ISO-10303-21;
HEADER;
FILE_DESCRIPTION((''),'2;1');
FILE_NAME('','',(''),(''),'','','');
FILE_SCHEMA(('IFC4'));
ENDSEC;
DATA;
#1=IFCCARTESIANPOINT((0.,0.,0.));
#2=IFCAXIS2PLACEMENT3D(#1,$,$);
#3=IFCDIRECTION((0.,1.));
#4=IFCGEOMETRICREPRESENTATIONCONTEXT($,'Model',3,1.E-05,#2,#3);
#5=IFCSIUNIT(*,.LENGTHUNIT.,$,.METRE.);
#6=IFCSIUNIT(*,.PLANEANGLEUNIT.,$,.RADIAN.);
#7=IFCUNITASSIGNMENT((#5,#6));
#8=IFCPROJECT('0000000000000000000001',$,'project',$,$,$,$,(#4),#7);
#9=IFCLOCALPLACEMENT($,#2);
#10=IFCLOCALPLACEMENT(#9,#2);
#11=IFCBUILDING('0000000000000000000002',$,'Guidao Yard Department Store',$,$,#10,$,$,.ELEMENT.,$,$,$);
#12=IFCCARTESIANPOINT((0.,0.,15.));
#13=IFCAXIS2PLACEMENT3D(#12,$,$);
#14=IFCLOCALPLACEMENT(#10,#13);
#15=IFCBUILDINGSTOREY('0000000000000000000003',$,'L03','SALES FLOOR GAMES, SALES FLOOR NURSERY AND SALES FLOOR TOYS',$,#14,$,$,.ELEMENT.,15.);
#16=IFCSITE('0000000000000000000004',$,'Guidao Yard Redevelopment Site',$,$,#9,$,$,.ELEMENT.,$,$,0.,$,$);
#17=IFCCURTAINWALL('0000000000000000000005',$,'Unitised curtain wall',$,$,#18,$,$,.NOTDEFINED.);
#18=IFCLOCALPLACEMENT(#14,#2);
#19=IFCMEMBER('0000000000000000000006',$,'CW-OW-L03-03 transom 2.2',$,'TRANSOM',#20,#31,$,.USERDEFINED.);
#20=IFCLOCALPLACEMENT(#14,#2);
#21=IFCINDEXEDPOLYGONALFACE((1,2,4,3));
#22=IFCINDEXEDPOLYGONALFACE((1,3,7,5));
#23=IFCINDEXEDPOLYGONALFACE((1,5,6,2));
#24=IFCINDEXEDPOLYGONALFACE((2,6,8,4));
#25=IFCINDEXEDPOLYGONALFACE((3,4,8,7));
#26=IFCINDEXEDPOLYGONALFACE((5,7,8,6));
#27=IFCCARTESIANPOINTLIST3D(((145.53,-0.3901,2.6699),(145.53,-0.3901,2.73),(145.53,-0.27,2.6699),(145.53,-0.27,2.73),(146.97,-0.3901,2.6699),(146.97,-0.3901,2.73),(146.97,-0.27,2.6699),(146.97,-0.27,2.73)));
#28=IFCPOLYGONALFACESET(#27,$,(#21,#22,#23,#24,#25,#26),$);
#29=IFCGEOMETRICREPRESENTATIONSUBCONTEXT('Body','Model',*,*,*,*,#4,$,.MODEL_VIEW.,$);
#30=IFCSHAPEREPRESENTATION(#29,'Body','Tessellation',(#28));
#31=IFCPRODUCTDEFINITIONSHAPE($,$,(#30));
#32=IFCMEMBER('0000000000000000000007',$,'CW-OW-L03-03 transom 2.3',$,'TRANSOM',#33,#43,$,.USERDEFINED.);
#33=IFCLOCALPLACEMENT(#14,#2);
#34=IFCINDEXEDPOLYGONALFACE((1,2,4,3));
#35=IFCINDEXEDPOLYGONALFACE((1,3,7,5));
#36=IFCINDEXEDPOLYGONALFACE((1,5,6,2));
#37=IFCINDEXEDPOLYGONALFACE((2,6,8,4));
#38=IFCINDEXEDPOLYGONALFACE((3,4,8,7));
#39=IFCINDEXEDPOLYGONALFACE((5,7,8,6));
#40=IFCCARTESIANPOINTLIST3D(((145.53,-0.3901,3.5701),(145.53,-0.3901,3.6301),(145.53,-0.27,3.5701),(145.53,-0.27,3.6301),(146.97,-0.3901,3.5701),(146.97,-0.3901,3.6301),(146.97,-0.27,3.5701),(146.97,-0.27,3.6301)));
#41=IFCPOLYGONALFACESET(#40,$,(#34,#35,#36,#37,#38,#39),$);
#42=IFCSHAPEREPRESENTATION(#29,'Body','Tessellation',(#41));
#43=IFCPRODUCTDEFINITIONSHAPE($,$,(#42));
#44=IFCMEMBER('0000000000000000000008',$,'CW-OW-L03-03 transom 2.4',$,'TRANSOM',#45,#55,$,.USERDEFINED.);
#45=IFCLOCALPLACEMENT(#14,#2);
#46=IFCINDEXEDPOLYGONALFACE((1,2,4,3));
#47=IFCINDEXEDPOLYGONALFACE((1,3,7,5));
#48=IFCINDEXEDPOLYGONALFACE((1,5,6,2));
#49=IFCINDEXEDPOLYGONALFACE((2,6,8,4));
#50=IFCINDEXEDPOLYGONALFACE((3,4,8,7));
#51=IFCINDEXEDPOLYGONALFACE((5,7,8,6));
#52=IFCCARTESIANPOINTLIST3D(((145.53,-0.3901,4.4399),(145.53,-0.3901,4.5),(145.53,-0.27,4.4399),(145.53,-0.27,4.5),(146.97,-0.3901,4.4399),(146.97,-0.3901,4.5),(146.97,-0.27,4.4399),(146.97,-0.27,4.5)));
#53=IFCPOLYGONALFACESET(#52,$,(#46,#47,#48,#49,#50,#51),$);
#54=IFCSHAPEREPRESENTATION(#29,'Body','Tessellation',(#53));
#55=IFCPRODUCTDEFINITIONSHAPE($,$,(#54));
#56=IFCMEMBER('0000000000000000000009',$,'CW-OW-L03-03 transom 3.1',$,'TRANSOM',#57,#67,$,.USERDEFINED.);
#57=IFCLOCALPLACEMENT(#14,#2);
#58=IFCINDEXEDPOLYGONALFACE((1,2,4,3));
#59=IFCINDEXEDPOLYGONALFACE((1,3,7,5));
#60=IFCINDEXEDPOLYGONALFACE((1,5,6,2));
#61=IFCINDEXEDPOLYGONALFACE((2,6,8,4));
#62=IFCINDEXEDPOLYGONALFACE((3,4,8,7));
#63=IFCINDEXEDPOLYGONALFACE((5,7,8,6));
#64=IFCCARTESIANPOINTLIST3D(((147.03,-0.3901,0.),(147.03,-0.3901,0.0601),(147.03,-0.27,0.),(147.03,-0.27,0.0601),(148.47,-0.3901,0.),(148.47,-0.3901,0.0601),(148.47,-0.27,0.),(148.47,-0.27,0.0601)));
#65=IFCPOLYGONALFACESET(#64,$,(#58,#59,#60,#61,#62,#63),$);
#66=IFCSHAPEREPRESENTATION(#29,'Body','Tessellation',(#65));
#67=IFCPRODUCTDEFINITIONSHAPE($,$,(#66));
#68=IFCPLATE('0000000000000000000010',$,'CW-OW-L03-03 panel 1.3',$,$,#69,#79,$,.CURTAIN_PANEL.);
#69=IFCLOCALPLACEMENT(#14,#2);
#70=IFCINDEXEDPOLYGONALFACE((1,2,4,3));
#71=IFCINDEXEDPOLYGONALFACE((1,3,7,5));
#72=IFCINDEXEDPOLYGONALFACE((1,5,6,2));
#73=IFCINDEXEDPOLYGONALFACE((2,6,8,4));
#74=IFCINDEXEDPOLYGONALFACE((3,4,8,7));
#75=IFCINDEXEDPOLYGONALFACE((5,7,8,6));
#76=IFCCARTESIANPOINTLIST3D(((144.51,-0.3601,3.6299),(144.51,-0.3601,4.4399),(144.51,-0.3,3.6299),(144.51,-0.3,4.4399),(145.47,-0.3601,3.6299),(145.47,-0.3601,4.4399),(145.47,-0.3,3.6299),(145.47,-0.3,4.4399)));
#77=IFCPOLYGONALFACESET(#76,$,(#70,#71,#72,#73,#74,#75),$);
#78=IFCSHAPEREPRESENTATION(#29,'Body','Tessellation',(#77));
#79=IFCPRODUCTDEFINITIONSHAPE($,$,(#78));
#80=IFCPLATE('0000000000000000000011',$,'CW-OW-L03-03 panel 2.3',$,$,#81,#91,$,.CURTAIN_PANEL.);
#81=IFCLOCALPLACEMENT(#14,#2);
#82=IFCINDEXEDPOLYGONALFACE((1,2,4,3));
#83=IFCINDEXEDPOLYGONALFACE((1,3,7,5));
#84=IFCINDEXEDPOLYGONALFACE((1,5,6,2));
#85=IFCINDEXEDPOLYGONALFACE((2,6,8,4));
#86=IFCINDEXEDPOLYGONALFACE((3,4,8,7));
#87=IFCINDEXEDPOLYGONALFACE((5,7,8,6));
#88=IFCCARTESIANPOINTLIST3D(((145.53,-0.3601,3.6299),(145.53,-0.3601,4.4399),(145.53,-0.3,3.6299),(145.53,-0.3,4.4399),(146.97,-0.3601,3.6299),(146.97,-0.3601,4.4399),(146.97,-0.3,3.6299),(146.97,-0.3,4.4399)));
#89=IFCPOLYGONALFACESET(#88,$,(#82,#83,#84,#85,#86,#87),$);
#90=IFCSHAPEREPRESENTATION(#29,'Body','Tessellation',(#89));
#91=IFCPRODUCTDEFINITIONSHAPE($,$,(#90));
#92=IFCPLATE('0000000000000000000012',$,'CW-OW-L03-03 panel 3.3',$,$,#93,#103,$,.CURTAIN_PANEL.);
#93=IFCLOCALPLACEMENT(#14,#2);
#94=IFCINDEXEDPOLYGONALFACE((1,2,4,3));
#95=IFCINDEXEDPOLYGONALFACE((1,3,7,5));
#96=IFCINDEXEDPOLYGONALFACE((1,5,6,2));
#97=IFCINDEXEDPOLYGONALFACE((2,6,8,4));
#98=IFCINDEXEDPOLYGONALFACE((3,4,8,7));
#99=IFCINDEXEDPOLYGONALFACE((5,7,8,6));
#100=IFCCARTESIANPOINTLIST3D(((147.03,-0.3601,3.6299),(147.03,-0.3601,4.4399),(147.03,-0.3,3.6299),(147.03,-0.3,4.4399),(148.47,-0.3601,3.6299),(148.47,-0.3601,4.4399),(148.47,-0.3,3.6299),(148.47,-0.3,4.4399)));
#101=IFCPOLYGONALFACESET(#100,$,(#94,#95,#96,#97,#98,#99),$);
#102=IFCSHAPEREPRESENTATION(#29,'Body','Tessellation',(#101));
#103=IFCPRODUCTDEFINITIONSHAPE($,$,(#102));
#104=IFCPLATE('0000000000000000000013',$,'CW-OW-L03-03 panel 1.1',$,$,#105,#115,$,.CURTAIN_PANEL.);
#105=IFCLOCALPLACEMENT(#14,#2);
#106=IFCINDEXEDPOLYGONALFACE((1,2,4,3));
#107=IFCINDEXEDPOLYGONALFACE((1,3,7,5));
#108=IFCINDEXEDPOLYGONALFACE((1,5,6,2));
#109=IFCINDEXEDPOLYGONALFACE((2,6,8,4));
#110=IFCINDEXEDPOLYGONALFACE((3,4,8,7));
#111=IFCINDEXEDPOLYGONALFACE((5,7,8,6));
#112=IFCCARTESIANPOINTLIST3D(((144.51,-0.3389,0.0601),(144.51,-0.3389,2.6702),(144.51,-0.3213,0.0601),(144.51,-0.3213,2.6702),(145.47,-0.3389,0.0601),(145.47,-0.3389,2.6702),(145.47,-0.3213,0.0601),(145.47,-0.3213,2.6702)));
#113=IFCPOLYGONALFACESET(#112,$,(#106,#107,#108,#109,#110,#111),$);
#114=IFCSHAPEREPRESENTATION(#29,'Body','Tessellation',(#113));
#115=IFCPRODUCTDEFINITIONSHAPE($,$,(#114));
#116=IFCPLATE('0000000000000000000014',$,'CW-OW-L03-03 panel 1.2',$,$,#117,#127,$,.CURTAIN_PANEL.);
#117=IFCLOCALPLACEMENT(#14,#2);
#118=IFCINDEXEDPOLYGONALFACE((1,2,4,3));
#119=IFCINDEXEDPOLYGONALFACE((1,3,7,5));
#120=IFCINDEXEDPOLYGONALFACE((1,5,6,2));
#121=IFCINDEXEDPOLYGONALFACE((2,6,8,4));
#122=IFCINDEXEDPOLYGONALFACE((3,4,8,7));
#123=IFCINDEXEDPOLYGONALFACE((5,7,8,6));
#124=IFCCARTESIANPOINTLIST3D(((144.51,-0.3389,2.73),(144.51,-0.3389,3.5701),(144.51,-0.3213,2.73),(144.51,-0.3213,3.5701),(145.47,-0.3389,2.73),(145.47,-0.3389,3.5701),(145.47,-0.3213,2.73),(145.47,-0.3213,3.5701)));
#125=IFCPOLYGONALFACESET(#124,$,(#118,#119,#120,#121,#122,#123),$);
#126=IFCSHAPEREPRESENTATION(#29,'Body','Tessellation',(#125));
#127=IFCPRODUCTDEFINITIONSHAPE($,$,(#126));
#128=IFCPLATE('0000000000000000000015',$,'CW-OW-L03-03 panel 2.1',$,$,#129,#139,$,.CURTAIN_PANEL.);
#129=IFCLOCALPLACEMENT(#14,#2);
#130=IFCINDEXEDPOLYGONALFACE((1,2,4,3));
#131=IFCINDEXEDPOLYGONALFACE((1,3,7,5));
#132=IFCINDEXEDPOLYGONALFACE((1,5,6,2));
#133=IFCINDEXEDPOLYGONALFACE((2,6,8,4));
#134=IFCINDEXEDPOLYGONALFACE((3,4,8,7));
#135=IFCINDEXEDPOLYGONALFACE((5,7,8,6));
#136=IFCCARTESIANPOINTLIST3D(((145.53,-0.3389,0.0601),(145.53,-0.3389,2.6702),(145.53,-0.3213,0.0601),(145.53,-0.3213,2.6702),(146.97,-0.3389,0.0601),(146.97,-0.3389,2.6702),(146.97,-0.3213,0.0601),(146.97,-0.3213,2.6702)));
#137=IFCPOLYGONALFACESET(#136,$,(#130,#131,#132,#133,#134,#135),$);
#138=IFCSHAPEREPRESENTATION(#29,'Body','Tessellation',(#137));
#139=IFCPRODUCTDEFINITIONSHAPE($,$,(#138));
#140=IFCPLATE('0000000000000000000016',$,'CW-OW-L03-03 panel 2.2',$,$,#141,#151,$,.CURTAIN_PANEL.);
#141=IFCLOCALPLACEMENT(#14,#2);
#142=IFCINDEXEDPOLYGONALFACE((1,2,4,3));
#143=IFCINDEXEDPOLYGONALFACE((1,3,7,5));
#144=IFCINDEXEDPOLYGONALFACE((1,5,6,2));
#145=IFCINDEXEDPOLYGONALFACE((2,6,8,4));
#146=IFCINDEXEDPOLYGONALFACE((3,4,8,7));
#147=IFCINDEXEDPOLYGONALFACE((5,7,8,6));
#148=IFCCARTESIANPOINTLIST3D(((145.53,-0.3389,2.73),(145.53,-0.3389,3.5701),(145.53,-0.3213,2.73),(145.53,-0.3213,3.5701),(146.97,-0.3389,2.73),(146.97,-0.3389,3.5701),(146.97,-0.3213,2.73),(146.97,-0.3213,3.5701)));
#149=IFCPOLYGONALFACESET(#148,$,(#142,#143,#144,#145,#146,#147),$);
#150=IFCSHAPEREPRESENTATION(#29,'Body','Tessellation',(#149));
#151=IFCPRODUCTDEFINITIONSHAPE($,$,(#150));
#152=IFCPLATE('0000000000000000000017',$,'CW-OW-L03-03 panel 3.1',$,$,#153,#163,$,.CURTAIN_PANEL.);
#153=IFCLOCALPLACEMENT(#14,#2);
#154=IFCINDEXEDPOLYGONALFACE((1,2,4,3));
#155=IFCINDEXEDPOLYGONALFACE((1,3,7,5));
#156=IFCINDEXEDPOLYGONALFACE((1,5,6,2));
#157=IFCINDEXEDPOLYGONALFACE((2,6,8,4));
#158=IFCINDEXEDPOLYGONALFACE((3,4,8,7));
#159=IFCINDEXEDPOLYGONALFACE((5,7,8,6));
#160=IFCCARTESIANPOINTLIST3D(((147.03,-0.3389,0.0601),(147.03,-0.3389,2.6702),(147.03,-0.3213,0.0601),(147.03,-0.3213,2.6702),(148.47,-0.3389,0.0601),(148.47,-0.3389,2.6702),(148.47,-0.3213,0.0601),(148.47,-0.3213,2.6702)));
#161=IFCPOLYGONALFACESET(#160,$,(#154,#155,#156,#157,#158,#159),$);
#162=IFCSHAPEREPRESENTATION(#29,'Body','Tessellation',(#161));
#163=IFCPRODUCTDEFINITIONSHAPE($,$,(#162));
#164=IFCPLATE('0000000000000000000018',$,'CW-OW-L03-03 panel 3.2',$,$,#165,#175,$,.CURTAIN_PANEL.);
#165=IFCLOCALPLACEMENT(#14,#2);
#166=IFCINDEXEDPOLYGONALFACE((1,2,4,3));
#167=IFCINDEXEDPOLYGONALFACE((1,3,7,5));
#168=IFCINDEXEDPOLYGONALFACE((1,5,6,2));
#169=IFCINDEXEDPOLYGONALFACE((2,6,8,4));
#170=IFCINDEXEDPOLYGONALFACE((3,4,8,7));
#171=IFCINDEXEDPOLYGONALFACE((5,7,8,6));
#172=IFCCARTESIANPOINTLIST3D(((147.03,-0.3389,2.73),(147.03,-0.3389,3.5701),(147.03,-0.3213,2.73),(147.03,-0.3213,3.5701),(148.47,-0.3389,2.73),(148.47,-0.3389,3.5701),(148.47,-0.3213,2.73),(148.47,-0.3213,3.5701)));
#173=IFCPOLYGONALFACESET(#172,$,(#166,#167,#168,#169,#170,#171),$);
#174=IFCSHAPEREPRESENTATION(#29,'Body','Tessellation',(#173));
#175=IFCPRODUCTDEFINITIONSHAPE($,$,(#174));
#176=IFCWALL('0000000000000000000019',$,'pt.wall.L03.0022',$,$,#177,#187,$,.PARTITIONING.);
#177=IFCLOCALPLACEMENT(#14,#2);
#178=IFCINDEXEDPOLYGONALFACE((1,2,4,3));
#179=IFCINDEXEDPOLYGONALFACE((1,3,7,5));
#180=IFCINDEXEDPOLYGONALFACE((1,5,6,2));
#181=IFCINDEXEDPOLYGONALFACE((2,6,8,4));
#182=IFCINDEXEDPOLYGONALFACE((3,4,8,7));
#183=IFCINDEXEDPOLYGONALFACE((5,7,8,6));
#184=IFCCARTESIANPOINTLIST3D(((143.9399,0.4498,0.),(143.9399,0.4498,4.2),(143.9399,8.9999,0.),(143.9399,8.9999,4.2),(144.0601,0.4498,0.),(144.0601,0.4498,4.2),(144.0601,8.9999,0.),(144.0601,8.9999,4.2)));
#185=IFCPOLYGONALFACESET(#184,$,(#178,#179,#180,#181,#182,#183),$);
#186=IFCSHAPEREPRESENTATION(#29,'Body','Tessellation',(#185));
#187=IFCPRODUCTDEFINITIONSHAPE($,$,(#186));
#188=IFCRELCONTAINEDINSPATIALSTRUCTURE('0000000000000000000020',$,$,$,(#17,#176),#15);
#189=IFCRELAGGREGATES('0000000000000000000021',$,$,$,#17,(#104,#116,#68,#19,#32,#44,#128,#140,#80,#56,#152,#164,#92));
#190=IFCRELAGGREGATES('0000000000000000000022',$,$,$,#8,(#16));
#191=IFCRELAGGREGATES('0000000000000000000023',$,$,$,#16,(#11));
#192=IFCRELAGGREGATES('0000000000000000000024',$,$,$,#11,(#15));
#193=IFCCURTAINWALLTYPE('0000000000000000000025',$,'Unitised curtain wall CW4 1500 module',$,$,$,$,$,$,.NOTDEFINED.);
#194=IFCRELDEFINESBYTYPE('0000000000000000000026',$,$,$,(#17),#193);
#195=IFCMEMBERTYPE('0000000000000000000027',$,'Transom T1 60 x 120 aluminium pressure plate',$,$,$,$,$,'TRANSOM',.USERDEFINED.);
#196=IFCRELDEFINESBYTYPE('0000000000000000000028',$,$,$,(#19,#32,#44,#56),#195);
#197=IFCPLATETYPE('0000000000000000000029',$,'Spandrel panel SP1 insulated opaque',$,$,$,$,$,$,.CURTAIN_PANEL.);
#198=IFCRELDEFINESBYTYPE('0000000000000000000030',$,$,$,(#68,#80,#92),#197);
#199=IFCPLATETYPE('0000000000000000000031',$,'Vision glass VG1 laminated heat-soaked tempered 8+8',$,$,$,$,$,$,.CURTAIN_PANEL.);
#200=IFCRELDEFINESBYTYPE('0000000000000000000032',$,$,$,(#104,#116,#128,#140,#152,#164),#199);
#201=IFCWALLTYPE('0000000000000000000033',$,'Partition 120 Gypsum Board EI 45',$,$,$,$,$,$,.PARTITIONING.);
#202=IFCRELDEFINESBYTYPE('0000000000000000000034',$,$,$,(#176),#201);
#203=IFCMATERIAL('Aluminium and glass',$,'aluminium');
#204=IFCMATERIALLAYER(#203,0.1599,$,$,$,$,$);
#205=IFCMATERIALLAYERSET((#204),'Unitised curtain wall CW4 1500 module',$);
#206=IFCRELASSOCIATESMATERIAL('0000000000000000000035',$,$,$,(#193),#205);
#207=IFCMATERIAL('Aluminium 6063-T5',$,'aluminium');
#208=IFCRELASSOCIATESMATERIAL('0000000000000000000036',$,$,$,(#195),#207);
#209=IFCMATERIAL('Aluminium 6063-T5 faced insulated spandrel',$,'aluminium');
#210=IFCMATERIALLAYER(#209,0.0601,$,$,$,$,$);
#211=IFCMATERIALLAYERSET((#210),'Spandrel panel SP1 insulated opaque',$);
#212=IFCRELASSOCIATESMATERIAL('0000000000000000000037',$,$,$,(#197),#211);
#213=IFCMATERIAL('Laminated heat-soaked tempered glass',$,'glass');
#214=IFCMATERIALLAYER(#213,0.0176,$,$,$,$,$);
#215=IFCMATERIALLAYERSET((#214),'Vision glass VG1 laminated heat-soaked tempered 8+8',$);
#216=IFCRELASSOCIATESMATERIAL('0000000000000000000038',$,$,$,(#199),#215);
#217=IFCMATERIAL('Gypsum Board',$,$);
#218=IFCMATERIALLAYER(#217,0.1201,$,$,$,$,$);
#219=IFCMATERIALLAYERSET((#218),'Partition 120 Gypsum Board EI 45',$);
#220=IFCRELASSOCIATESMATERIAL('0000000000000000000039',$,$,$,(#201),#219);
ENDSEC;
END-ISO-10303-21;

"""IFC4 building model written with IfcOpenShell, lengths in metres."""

from ifc_helpers import new_model, si_unit, direction, frame, frame_2d, origin, origin_2d, place, context, subcontext, project, spatial, rectangle, extrude, material, layer, layer_set, material_profile, profile_set, type_object, element, aggregate, save


model = new_model("IFC4")

# Units and contexts
model_context = context("Model", 3, precision=1e-05, world=origin(), true_north=direction((0.0, 1.0)))
body_context = subcontext(model_context, "Body", "Model", "MODEL_VIEW")
ifc_project = project(units=[si_unit("LENGTHUNIT", "METRE"), si_unit("PLANEANGLEUNIT", "RADIAN")], contexts=[model_context])

# Site, building, storey
site_placement = place(None, origin())
site = spatial("IfcSite", under=ifc_project, at=site_placement, Name="Guidao Yard Redevelopment Site", CompositionType="ELEMENT", RefElevation=0.0)
building_placement = place(site_placement, origin())
building = spatial("IfcBuilding", under=site, at=building_placement, Name="Guidao Yard Department Store", CompositionType="ELEMENT")
storey_placement = place(building_placement, frame((0.0, 0.0, 15.0)))
storey = spatial("IfcBuildingStorey", under=building, at=storey_placement, Name="L03", Description="SALES FLOOR GAMES, SALES FLOOR NURSERY AND SALES FLOOR TOYS", CompositionType="ELEMENT", Elevation=15.0)

# Shared definitions
ifc_material_1 = material(Name="Aluminium and glass", Category="aluminium")
ifc_layer_1 = layer(ifc_material_1, 0.1599)
ifc_layer_set_1 = layer_set([ifc_layer_1], Name="Unitised curtain wall CW4 1500 module")
curtain_wall_type = type_object("IfcCurtainWallType", Name="Unitised curtain wall CW4 1500 module", PredefinedType="NOTDEFINED", material=ifc_layer_set_1)

# Curtain wall
curtain_wall_1_placement = place(storey_placement, origin())
curtain_wall_1 = element("IfcCurtainWall", 1, at=curtain_wall_1_placement, inside=storey, type_object=curtain_wall_type, Name="Unitised curtain wall", PredefinedType="NOTDEFINED")

# Members
ifc_material_2 = material(Name="Aluminium 6063-T5", Category="aluminium")
ifc_material_profile_1 = material_profile(ifc_material_2, rectangle(XDim=0.1201, YDim=0.0601, at=origin_2d()), Name="Transom T1 60 x 120 aluminium pressure plate")
ifc_profile_set_1 = profile_set([ifc_material_profile_1], Name="Aluminium 6063-T5")
member_type_1 = type_object("IfcMemberType", Name="Transom T1 60 x 120 aluminium pressure plate", ElementType="TRANSOM", PredefinedType="USERDEFINED", material=ifc_profile_set_1)
member_1_placement = place(storey_placement, frame((146.97, -0.3301, 2.7), z_axis=(-1.0, 0.0, 0.0), x_axis=(0.0, -1.0, 0.0)))
member_1 = element("IfcMember", 2, at=member_1_placement, type_object=member_type_1, Name="CW-OW-L03-03 transom 2.2", ObjectType="TRANSOM", PredefinedType="USERDEFINED", context=body_context, shape_type="SweptSolid", body=[
    extrude(rectangle(XDim=0.1201, YDim=0.0601, at=origin_2d()), origin(), (0.0, 0.0, 1.0), 1.4399),
])
member_2_placement = place(storey_placement, frame((146.97, -0.3301, 3.6001), z_axis=(-1.0, 0.0, 0.0), x_axis=(0.0, -1.0, 0.0)))
member_2 = element("IfcMember", 3, at=member_2_placement, type_object=member_type_1, Name="CW-OW-L03-03 transom 2.3", ObjectType="TRANSOM", PredefinedType="USERDEFINED", context=body_context, shape_type="SweptSolid", body=[
    extrude(rectangle(XDim=0.1201, YDim=0.0601, at=origin_2d()), origin(), (0.0, 0.0, 1.0), 1.4399),
])
member_3_placement = place(storey_placement, frame((146.97, -0.3301, 4.47), z_axis=(-1.0, 0.0, 0.0), x_axis=(0.0, -1.0, 0.0)))
member_3 = element("IfcMember", 4, at=member_3_placement, type_object=member_type_1, Name="CW-OW-L03-03 transom 2.4", ObjectType="TRANSOM", PredefinedType="USERDEFINED", context=body_context, shape_type="SweptSolid", body=[
    extrude(rectangle(XDim=0.1201, YDim=0.0601, at=origin_2d()), origin(), (0.0, 0.0, 1.0), 1.4399),
])
member_4_placement = place(storey_placement, frame((148.47, -0.3301, 0.03), z_axis=(-1.0, 0.0, 0.0), x_axis=(0.0, -1.0, 0.0)))
member_4 = element("IfcMember", 5, at=member_4_placement, type_object=member_type_1, Name="CW-OW-L03-03 transom 3.1", ObjectType="TRANSOM", PredefinedType="USERDEFINED", context=body_context, shape_type="SweptSolid", body=[
    extrude(rectangle(XDim=0.1201, YDim=0.0601, at=origin_2d()), origin(), (0.0, 0.0, 1.0), 1.4399),
])

# Plates
ifc_material_3 = material(Name="Aluminium 6063-T5 faced insulated spandrel", Category="aluminium")
ifc_layer_2 = layer(ifc_material_3, 0.0601)
ifc_layer_set_2 = layer_set([ifc_layer_2], Name="Spandrel panel SP1 insulated opaque")
plate_type_1 = type_object("IfcPlateType", Name="Spandrel panel SP1 insulated opaque", PredefinedType="CURTAIN_PANEL", material=ifc_layer_set_2)
plate_1_placement = place(storey_placement, frame((144.99, -0.3301, 3.6299), z_axis=(0.0, 0.0, 1.0), x_axis=(-1.0, 0.0, 0.0)))
plate_1 = element("IfcPlate", 6, at=plate_1_placement, type_object=plate_type_1, Name="CW-OW-L03-03 panel 1.3", PredefinedType="CURTAIN_PANEL", context=body_context, shape_type="SweptSolid", body=[
    extrude(rectangle(XDim=0.96, YDim=0.0601, at=origin_2d()), origin(), (0.0, 0.0, 1.0), 0.8101),
])
plate_2_placement = place(storey_placement, frame((146.25, -0.3301, 3.6299), z_axis=(0.0, 0.0, 1.0), x_axis=(-1.0, 0.0, 0.0)))
plate_2 = element("IfcPlate", 7, at=plate_2_placement, type_object=plate_type_1, Name="CW-OW-L03-03 panel 2.3", PredefinedType="CURTAIN_PANEL", context=body_context, shape_type="SweptSolid", body=[
    extrude(rectangle(XDim=1.4399, YDim=0.0601, at=origin_2d()), origin(), (0.0, 0.0, 1.0), 0.8101),
])
plate_3_placement = place(storey_placement, frame((147.75, -0.3301, 3.6299), z_axis=(0.0, 0.0, 1.0), x_axis=(-1.0, 0.0, 0.0)))
plate_3 = element("IfcPlate", 8, at=plate_3_placement, type_object=plate_type_1, Name="CW-OW-L03-03 panel 3.3", PredefinedType="CURTAIN_PANEL", context=body_context, shape_type="SweptSolid", body=[
    extrude(rectangle(XDim=1.4399, YDim=0.0601, at=origin_2d()), origin(), (0.0, 0.0, 1.0), 0.8101),
])
ifc_material_4 = material(Name="Laminated heat-soaked tempered glass", Category="glass")
ifc_layer_3 = layer(ifc_material_4, 0.0176)
ifc_layer_set_3 = layer_set([ifc_layer_3], Name="Vision glass VG1 laminated heat-soaked tempered 8+8")
plate_type_2 = type_object("IfcPlateType", Name="Vision glass VG1 laminated heat-soaked tempered 8+8", PredefinedType="CURTAIN_PANEL", material=ifc_layer_set_3)
plate_4_placement = place(storey_placement, frame((144.99, -0.3301, 0.0601), z_axis=(0.0, 0.0, 1.0), x_axis=(-1.0, 0.0, 0.0)))
plate_4 = element("IfcPlate", 9, at=plate_4_placement, type_object=plate_type_2, Name="CW-OW-L03-03 panel 1.1", PredefinedType="CURTAIN_PANEL", context=body_context, shape_type="SweptSolid", body=[
    extrude(rectangle(XDim=0.96, YDim=0.0176, at=origin_2d()), origin(), (0.0, 0.0, 1.0), 2.6101),
])
plate_5_placement = place(storey_placement, frame((144.99, -0.3301, 2.73), z_axis=(0.0, 0.0, 1.0), x_axis=(-1.0, 0.0, 0.0)))
plate_5 = element("IfcPlate", 10, at=plate_5_placement, type_object=plate_type_2, Name="CW-OW-L03-03 panel 1.2", PredefinedType="CURTAIN_PANEL", context=body_context, shape_type="SweptSolid", body=[
    extrude(rectangle(XDim=0.96, YDim=0.0176, at=origin_2d()), origin(), (0.0, 0.0, 1.0), 0.8401),
])
plate_6_placement = place(storey_placement, frame((146.25, -0.3301, 0.0601), z_axis=(0.0, 0.0, 1.0), x_axis=(-1.0, 0.0, 0.0)))
plate_6 = element("IfcPlate", 11, at=plate_6_placement, type_object=plate_type_2, Name="CW-OW-L03-03 panel 2.1", PredefinedType="CURTAIN_PANEL", context=body_context, shape_type="SweptSolid", body=[
    extrude(rectangle(XDim=1.4399, YDim=0.0176, at=origin_2d()), origin(), (0.0, 0.0, 1.0), 2.6101),
])
plate_7_placement = place(storey_placement, frame((146.25, -0.3301, 2.73), z_axis=(0.0, 0.0, 1.0), x_axis=(-1.0, 0.0, 0.0)))
plate_7 = element("IfcPlate", 12, at=plate_7_placement, type_object=plate_type_2, Name="CW-OW-L03-03 panel 2.2", PredefinedType="CURTAIN_PANEL", context=body_context, shape_type="SweptSolid", body=[
    extrude(rectangle(XDim=1.4399, YDim=0.0176, at=origin_2d()), origin(), (0.0, 0.0, 1.0), 0.8401),
])
plate_8_placement = place(storey_placement, frame((147.75, -0.3301, 0.0601), z_axis=(0.0, 0.0, 1.0), x_axis=(-1.0, 0.0, 0.0)))
plate_8 = element("IfcPlate", 13, at=plate_8_placement, type_object=plate_type_2, Name="CW-OW-L03-03 panel 3.1", PredefinedType="CURTAIN_PANEL", context=body_context, shape_type="SweptSolid", body=[
    extrude(rectangle(XDim=1.4399, YDim=0.0176, at=origin_2d()), origin(), (0.0, 0.0, 1.0), 2.6101),
])
plate_9_placement = place(storey_placement, frame((147.75, -0.3301, 2.73), z_axis=(0.0, 0.0, 1.0), x_axis=(-1.0, 0.0, 0.0)))
plate_9 = element("IfcPlate", 14, at=plate_9_placement, type_object=plate_type_2, Name="CW-OW-L03-03 panel 3.2", PredefinedType="CURTAIN_PANEL", context=body_context, shape_type="SweptSolid", body=[
    extrude(rectangle(XDim=1.4399, YDim=0.0176, at=origin_2d()), origin(), (0.0, 0.0, 1.0), 0.8401),
])
aggregate(curtain_wall_1, [plate_4, plate_5, plate_1, member_1, member_2, member_3, plate_6, plate_7, plate_2, member_4, plate_8, plate_9, plate_3])

# Wall
ifc_material_5 = material(Name="Gypsum Board")
ifc_layer_4 = layer(ifc_material_5, 0.1201)
ifc_layer_set_4 = layer_set([ifc_layer_4], Name="Partition 120 Gypsum Board EI 45")
wall_type = type_object("IfcWallType", Name="Partition 120 Gypsum Board EI 45", PredefinedType="PARTITIONING", material=ifc_layer_set_4)
wall_placement = place(storey_placement, frame((144.0, 0.45, 0.0), z_axis=(0.0, 0.0, 1.0), x_axis=(0.0, 1.0, 0.0)))
element("IfcWall", 15, at=wall_placement, inside=storey, type_object=wall_type, Name="pt.wall.L03.0022", PredefinedType="PARTITIONING", context=body_context, shape_type="SweptSolid", body=[
    extrude(rectangle(XDim=8.55, YDim=0.1201, at=frame_2d((4.2749, 0.0))), origin(), (0.0, 0.0, 1.0), 4.2),
])

save(model, "model.ifc")
